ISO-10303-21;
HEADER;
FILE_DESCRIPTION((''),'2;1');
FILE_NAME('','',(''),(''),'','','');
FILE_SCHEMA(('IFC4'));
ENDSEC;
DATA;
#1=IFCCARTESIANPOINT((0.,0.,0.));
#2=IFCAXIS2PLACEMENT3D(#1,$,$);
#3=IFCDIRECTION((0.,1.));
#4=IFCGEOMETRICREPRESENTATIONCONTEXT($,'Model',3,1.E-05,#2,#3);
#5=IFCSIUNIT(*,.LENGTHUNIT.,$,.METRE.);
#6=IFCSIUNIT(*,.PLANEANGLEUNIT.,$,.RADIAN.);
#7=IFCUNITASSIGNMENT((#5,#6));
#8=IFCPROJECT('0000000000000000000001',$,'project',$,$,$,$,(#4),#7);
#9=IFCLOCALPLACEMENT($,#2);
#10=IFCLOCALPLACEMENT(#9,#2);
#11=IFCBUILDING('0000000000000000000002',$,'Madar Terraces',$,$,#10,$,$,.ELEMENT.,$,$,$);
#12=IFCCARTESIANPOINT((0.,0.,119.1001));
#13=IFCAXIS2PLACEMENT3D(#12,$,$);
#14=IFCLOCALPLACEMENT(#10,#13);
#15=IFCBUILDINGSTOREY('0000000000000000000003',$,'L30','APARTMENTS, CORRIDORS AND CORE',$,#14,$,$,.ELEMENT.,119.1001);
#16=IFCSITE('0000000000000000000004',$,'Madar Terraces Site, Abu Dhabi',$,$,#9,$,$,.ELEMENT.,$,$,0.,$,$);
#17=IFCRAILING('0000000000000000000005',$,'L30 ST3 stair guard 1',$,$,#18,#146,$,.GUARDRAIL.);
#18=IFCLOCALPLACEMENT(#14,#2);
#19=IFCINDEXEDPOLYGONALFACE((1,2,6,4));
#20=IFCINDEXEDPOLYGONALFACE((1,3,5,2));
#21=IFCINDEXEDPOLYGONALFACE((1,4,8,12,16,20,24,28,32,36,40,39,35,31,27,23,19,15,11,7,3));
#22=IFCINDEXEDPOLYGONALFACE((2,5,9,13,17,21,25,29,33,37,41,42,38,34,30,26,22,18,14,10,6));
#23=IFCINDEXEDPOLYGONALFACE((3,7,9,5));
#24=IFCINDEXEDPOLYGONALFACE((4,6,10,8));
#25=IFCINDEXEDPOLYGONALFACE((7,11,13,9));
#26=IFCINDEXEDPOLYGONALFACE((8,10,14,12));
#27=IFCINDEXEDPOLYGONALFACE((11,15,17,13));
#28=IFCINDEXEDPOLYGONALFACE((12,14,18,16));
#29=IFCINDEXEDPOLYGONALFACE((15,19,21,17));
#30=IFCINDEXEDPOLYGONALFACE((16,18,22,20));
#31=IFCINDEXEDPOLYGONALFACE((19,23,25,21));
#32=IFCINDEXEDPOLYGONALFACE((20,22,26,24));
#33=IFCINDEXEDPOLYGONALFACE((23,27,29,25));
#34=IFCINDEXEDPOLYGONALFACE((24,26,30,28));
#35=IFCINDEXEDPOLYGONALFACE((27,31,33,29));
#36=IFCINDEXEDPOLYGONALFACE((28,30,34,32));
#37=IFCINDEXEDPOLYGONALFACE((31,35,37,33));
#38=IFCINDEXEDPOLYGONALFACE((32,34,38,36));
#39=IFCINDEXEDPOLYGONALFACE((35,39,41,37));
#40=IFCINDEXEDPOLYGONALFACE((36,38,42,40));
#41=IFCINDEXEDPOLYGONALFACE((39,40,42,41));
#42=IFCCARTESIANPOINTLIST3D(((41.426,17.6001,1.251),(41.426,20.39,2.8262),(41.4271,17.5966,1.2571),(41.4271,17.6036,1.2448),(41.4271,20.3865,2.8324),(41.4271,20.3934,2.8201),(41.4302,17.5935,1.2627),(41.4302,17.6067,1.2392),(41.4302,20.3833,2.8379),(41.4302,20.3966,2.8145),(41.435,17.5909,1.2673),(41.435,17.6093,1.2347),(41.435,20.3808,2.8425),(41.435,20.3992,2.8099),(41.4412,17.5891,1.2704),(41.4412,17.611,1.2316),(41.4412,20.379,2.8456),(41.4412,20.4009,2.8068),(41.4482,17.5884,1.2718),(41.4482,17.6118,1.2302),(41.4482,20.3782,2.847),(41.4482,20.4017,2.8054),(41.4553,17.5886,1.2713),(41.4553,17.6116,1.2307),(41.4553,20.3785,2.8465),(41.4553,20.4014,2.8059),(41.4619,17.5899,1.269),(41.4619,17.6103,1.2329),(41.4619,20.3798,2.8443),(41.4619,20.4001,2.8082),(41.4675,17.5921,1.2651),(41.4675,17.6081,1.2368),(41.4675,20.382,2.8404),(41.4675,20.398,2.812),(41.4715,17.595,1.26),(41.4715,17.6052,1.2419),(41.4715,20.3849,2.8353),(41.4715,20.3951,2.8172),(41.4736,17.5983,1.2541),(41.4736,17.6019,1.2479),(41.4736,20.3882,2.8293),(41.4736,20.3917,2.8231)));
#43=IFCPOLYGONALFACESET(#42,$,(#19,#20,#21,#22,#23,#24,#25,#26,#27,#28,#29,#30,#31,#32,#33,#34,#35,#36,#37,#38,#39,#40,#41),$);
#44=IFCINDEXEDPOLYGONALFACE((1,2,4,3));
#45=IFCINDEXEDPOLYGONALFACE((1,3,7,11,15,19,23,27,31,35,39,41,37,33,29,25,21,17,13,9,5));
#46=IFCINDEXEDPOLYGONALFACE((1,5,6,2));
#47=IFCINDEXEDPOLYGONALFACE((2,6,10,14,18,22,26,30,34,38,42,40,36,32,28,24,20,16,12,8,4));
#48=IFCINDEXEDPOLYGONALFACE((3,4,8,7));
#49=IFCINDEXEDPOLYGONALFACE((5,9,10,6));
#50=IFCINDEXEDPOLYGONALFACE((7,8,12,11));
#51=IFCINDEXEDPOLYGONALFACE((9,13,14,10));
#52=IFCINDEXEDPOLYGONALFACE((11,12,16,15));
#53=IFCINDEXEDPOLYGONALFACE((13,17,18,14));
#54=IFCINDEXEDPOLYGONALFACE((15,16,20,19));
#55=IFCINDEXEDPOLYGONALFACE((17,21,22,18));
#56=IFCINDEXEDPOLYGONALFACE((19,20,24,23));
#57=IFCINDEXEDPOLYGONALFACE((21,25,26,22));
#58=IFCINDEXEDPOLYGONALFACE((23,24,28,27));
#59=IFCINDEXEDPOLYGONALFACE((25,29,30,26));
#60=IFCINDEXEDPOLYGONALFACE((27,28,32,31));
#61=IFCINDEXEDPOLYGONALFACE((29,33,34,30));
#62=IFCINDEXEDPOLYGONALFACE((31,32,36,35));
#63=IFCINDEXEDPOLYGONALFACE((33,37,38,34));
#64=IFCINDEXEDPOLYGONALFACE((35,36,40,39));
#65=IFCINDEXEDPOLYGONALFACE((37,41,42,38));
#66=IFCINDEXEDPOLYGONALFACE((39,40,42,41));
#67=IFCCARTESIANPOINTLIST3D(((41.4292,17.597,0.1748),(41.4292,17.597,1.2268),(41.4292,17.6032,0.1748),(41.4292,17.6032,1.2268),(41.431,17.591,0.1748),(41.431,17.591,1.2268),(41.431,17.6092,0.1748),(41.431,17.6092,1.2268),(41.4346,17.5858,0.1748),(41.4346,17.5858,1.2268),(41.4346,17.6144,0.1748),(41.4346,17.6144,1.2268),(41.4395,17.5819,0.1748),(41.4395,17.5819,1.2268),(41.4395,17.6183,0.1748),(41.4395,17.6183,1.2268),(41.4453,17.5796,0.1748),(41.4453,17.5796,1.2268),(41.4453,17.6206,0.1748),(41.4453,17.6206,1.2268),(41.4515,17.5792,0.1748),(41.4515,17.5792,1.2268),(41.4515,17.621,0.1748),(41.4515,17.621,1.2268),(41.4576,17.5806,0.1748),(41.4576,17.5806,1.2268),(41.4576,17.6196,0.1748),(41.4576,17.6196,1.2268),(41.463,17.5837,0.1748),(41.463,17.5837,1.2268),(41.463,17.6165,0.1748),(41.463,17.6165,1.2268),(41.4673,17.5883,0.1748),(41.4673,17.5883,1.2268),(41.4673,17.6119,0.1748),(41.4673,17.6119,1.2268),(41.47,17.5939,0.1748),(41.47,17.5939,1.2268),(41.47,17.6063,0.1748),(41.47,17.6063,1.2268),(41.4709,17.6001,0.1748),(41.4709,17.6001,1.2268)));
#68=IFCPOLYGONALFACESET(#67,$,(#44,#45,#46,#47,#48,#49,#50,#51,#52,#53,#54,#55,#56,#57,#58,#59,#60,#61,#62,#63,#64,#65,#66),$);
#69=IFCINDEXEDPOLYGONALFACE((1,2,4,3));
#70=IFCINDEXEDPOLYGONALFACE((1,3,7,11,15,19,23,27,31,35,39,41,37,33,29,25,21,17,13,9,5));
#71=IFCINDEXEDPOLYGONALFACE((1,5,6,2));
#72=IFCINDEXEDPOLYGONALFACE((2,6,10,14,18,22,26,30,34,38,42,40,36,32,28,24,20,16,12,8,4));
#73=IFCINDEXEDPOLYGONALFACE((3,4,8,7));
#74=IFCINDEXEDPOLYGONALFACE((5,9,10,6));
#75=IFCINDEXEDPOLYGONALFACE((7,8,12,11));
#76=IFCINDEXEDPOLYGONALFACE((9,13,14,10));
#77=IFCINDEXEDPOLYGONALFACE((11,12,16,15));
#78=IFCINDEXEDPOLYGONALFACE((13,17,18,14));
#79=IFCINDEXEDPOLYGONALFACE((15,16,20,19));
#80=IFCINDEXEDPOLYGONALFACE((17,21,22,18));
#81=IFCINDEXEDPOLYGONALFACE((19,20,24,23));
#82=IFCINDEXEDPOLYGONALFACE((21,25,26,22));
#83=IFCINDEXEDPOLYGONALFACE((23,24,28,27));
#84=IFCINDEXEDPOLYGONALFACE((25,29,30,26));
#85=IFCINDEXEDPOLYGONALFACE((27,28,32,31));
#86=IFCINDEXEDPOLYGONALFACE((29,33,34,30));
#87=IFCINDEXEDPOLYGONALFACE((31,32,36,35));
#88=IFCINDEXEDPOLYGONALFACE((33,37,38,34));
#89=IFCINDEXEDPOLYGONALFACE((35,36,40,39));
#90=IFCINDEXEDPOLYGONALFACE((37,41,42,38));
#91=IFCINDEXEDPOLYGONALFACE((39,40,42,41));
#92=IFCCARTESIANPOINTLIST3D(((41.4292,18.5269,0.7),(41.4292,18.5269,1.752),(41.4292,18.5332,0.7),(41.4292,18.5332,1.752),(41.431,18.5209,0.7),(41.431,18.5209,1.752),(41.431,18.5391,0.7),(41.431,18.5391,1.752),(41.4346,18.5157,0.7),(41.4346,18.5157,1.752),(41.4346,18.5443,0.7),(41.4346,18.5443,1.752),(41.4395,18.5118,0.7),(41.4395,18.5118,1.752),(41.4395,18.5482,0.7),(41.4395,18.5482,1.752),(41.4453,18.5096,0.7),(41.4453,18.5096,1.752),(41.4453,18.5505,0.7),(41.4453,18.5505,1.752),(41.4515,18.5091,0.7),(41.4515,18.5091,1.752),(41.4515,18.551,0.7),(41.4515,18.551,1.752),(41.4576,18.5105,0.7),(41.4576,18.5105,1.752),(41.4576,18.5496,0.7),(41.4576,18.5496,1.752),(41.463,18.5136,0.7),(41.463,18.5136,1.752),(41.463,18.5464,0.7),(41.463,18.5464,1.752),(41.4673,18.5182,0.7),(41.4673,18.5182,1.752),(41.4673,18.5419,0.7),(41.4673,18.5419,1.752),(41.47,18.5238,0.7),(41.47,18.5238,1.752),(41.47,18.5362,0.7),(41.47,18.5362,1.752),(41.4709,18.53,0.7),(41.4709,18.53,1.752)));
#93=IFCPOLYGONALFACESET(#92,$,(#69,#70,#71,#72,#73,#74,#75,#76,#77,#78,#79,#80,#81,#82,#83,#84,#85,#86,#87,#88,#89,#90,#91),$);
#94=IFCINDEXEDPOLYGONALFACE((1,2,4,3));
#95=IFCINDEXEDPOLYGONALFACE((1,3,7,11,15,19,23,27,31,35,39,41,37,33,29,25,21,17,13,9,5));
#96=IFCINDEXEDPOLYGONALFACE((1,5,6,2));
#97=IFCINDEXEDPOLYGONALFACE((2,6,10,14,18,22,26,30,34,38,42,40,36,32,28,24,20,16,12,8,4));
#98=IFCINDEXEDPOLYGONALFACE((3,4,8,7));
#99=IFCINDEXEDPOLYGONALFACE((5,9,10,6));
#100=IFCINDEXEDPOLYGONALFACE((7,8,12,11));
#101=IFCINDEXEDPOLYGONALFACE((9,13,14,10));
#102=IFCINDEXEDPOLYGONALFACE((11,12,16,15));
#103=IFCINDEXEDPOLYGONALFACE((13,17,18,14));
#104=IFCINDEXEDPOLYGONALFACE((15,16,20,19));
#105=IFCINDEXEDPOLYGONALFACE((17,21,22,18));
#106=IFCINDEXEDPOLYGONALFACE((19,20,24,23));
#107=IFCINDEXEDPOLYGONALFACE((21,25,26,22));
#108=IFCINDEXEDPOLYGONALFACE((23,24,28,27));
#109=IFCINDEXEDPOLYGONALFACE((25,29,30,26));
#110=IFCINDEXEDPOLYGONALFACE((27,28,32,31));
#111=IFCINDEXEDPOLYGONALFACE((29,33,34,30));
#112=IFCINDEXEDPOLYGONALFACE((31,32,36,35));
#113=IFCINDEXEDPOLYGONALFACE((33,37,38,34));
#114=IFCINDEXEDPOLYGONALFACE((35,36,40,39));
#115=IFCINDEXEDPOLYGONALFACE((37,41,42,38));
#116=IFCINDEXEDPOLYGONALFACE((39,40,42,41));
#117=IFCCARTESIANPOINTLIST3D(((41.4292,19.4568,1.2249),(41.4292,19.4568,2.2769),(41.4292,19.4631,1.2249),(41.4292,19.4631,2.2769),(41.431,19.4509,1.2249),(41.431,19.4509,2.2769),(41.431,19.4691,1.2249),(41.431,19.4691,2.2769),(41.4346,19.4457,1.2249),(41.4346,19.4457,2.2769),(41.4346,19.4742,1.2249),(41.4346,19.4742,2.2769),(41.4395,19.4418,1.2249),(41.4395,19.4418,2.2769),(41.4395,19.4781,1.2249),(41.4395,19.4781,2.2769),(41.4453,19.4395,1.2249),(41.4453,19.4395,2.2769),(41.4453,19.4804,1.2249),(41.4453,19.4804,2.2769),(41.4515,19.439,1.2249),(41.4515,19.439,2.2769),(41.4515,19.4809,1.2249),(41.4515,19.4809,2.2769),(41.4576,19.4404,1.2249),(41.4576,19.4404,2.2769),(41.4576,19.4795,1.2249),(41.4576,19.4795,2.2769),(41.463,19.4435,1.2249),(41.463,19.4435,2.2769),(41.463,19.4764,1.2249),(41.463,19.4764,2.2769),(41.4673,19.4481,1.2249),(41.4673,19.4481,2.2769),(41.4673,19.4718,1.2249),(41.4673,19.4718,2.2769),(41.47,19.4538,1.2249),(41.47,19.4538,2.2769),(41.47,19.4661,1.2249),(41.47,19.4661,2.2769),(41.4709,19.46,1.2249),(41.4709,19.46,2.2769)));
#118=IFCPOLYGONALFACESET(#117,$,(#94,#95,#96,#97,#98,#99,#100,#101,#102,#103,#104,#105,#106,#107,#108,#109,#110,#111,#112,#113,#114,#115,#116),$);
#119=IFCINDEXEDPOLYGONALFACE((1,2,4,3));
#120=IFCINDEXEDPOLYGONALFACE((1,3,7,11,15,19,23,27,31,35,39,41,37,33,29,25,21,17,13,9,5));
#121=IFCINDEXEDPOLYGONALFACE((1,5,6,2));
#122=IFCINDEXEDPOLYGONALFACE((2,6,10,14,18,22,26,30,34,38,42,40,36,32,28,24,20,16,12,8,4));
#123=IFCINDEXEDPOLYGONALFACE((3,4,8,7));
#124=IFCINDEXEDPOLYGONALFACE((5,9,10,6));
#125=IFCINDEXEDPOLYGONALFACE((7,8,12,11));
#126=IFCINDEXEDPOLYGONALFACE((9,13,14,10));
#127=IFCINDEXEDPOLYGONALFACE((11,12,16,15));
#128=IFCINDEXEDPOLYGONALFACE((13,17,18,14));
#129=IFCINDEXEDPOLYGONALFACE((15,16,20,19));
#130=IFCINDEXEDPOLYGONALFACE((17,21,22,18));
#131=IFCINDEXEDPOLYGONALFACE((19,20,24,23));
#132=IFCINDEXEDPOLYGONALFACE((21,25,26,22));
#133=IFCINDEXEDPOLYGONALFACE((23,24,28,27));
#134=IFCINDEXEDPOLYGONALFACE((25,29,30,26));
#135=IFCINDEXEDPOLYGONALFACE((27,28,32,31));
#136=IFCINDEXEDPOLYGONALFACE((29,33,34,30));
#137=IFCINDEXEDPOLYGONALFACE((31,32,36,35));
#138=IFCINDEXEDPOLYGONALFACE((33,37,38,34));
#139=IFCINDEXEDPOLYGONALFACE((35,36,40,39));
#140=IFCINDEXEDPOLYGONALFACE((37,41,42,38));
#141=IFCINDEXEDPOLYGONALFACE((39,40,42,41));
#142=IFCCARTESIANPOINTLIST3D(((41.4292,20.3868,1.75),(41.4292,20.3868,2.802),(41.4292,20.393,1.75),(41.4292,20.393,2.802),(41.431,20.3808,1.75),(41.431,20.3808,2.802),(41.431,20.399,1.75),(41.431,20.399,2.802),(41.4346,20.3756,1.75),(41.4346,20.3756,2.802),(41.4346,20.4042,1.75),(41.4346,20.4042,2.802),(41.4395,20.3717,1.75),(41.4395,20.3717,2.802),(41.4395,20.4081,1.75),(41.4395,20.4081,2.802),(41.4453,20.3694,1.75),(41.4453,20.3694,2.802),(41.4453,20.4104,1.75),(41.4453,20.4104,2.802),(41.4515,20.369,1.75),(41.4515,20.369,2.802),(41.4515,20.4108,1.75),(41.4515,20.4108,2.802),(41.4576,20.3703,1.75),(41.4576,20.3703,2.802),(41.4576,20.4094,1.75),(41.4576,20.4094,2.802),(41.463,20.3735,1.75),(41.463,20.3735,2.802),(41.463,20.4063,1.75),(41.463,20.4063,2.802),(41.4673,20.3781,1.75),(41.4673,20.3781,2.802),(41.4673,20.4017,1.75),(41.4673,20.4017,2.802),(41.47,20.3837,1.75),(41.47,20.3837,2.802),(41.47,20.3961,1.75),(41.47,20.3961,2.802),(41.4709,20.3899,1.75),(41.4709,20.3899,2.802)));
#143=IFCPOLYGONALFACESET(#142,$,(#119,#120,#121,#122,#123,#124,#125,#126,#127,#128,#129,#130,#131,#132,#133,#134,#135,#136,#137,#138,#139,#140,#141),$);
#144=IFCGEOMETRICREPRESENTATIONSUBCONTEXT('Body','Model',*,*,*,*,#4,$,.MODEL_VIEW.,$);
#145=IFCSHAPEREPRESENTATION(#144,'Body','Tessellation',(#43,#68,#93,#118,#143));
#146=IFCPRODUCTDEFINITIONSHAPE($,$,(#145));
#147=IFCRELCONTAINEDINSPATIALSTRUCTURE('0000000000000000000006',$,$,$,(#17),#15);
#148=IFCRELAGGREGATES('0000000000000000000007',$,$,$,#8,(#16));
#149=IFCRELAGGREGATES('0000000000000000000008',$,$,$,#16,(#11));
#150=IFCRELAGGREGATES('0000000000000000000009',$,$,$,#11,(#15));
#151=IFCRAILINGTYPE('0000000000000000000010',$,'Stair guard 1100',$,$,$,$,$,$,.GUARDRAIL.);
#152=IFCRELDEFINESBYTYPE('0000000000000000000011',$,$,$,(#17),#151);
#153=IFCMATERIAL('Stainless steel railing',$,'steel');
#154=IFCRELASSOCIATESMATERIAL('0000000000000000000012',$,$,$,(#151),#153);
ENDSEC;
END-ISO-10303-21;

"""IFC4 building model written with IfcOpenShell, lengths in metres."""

from ifc_helpers import new_model, si_unit, direction, frame, origin, origin_2d, place, context, subcontext, project, spatial, circle, extrude, material, type_object, element, save


model = new_model("IFC4")

# Units and contexts
model_context = context("Model", 3, precision=1e-05, world=origin(), true_north=direction((0.0, 1.0)))
body_context = subcontext(model_context, "Body", "Model", "MODEL_VIEW")
ifc_project = project(units=[si_unit("LENGTHUNIT", "METRE"), si_unit("PLANEANGLEUNIT", "RADIAN")], contexts=[model_context])

# Site, building, storey
site_placement = place(None, origin())
site = spatial("IfcSite", under=ifc_project, at=site_placement, Name="Madar Terraces Site, Abu Dhabi", CompositionType="ELEMENT", RefElevation=0.0)
building_placement = place(site_placement, origin())
building = spatial("IfcBuilding", under=site, at=building_placement, Name="Madar Terraces", CompositionType="ELEMENT")
storey_placement = place(building_placement, frame((0.0, 0.0, 119.1001)))
storey = spatial("IfcBuildingStorey", under=building, at=storey_placement, Name="L30", Description="APARTMENTS, CORRIDORS AND CORE", CompositionType="ELEMENT", Elevation=119.1001)

# Railing
ifc_material_1 = material(Name="Stainless steel railing", Category="steel")
railing_type_1 = type_object("IfcRailingType", Name="Stair guard 1100", PredefinedType="GUARDRAIL", material=ifc_material_1)
railing_1_placement = place(storey_placement, frame((41.45, 17.6001, 0.1748)))
element("IfcRailing", 1, at=railing_1_placement, inside=storey, type_object=railing_type_1, Name="L30 ST3 stair guard 1", PredefinedType="GUARDRAIL", context=body_context, shape_type="SweptSolid", body=[
    extrude(circle(Radius=0.0239, at=origin_2d()), frame((0.0, 0.0, 1.0762), z_axis=(0.0, 0.870783, 0.491668), x_axis=(-1.0, 0.0, 0.0)), (0.0, 0.0, 1.0), 3.2039),
    extrude(circle(Radius=0.021, at=origin_2d()), origin(), (0.0, 0.0, 1.0), 1.052),
    extrude(circle(Radius=0.021, at=origin_2d()), frame((0.0, 0.9299, 0.5251)), (0.0, 0.0, 1.0), 1.052),
    extrude(circle(Radius=0.021, at=origin_2d()), frame((0.0, 1.8599, 1.05)), (0.0, 0.0, 1.0), 1.052),
    extrude(circle(Radius=0.021, at=origin_2d()), frame((0.0, 2.7898, 1.5752)), (0.0, 0.0, 1.0), 1.052),
])

save(model, "model.ifc")
